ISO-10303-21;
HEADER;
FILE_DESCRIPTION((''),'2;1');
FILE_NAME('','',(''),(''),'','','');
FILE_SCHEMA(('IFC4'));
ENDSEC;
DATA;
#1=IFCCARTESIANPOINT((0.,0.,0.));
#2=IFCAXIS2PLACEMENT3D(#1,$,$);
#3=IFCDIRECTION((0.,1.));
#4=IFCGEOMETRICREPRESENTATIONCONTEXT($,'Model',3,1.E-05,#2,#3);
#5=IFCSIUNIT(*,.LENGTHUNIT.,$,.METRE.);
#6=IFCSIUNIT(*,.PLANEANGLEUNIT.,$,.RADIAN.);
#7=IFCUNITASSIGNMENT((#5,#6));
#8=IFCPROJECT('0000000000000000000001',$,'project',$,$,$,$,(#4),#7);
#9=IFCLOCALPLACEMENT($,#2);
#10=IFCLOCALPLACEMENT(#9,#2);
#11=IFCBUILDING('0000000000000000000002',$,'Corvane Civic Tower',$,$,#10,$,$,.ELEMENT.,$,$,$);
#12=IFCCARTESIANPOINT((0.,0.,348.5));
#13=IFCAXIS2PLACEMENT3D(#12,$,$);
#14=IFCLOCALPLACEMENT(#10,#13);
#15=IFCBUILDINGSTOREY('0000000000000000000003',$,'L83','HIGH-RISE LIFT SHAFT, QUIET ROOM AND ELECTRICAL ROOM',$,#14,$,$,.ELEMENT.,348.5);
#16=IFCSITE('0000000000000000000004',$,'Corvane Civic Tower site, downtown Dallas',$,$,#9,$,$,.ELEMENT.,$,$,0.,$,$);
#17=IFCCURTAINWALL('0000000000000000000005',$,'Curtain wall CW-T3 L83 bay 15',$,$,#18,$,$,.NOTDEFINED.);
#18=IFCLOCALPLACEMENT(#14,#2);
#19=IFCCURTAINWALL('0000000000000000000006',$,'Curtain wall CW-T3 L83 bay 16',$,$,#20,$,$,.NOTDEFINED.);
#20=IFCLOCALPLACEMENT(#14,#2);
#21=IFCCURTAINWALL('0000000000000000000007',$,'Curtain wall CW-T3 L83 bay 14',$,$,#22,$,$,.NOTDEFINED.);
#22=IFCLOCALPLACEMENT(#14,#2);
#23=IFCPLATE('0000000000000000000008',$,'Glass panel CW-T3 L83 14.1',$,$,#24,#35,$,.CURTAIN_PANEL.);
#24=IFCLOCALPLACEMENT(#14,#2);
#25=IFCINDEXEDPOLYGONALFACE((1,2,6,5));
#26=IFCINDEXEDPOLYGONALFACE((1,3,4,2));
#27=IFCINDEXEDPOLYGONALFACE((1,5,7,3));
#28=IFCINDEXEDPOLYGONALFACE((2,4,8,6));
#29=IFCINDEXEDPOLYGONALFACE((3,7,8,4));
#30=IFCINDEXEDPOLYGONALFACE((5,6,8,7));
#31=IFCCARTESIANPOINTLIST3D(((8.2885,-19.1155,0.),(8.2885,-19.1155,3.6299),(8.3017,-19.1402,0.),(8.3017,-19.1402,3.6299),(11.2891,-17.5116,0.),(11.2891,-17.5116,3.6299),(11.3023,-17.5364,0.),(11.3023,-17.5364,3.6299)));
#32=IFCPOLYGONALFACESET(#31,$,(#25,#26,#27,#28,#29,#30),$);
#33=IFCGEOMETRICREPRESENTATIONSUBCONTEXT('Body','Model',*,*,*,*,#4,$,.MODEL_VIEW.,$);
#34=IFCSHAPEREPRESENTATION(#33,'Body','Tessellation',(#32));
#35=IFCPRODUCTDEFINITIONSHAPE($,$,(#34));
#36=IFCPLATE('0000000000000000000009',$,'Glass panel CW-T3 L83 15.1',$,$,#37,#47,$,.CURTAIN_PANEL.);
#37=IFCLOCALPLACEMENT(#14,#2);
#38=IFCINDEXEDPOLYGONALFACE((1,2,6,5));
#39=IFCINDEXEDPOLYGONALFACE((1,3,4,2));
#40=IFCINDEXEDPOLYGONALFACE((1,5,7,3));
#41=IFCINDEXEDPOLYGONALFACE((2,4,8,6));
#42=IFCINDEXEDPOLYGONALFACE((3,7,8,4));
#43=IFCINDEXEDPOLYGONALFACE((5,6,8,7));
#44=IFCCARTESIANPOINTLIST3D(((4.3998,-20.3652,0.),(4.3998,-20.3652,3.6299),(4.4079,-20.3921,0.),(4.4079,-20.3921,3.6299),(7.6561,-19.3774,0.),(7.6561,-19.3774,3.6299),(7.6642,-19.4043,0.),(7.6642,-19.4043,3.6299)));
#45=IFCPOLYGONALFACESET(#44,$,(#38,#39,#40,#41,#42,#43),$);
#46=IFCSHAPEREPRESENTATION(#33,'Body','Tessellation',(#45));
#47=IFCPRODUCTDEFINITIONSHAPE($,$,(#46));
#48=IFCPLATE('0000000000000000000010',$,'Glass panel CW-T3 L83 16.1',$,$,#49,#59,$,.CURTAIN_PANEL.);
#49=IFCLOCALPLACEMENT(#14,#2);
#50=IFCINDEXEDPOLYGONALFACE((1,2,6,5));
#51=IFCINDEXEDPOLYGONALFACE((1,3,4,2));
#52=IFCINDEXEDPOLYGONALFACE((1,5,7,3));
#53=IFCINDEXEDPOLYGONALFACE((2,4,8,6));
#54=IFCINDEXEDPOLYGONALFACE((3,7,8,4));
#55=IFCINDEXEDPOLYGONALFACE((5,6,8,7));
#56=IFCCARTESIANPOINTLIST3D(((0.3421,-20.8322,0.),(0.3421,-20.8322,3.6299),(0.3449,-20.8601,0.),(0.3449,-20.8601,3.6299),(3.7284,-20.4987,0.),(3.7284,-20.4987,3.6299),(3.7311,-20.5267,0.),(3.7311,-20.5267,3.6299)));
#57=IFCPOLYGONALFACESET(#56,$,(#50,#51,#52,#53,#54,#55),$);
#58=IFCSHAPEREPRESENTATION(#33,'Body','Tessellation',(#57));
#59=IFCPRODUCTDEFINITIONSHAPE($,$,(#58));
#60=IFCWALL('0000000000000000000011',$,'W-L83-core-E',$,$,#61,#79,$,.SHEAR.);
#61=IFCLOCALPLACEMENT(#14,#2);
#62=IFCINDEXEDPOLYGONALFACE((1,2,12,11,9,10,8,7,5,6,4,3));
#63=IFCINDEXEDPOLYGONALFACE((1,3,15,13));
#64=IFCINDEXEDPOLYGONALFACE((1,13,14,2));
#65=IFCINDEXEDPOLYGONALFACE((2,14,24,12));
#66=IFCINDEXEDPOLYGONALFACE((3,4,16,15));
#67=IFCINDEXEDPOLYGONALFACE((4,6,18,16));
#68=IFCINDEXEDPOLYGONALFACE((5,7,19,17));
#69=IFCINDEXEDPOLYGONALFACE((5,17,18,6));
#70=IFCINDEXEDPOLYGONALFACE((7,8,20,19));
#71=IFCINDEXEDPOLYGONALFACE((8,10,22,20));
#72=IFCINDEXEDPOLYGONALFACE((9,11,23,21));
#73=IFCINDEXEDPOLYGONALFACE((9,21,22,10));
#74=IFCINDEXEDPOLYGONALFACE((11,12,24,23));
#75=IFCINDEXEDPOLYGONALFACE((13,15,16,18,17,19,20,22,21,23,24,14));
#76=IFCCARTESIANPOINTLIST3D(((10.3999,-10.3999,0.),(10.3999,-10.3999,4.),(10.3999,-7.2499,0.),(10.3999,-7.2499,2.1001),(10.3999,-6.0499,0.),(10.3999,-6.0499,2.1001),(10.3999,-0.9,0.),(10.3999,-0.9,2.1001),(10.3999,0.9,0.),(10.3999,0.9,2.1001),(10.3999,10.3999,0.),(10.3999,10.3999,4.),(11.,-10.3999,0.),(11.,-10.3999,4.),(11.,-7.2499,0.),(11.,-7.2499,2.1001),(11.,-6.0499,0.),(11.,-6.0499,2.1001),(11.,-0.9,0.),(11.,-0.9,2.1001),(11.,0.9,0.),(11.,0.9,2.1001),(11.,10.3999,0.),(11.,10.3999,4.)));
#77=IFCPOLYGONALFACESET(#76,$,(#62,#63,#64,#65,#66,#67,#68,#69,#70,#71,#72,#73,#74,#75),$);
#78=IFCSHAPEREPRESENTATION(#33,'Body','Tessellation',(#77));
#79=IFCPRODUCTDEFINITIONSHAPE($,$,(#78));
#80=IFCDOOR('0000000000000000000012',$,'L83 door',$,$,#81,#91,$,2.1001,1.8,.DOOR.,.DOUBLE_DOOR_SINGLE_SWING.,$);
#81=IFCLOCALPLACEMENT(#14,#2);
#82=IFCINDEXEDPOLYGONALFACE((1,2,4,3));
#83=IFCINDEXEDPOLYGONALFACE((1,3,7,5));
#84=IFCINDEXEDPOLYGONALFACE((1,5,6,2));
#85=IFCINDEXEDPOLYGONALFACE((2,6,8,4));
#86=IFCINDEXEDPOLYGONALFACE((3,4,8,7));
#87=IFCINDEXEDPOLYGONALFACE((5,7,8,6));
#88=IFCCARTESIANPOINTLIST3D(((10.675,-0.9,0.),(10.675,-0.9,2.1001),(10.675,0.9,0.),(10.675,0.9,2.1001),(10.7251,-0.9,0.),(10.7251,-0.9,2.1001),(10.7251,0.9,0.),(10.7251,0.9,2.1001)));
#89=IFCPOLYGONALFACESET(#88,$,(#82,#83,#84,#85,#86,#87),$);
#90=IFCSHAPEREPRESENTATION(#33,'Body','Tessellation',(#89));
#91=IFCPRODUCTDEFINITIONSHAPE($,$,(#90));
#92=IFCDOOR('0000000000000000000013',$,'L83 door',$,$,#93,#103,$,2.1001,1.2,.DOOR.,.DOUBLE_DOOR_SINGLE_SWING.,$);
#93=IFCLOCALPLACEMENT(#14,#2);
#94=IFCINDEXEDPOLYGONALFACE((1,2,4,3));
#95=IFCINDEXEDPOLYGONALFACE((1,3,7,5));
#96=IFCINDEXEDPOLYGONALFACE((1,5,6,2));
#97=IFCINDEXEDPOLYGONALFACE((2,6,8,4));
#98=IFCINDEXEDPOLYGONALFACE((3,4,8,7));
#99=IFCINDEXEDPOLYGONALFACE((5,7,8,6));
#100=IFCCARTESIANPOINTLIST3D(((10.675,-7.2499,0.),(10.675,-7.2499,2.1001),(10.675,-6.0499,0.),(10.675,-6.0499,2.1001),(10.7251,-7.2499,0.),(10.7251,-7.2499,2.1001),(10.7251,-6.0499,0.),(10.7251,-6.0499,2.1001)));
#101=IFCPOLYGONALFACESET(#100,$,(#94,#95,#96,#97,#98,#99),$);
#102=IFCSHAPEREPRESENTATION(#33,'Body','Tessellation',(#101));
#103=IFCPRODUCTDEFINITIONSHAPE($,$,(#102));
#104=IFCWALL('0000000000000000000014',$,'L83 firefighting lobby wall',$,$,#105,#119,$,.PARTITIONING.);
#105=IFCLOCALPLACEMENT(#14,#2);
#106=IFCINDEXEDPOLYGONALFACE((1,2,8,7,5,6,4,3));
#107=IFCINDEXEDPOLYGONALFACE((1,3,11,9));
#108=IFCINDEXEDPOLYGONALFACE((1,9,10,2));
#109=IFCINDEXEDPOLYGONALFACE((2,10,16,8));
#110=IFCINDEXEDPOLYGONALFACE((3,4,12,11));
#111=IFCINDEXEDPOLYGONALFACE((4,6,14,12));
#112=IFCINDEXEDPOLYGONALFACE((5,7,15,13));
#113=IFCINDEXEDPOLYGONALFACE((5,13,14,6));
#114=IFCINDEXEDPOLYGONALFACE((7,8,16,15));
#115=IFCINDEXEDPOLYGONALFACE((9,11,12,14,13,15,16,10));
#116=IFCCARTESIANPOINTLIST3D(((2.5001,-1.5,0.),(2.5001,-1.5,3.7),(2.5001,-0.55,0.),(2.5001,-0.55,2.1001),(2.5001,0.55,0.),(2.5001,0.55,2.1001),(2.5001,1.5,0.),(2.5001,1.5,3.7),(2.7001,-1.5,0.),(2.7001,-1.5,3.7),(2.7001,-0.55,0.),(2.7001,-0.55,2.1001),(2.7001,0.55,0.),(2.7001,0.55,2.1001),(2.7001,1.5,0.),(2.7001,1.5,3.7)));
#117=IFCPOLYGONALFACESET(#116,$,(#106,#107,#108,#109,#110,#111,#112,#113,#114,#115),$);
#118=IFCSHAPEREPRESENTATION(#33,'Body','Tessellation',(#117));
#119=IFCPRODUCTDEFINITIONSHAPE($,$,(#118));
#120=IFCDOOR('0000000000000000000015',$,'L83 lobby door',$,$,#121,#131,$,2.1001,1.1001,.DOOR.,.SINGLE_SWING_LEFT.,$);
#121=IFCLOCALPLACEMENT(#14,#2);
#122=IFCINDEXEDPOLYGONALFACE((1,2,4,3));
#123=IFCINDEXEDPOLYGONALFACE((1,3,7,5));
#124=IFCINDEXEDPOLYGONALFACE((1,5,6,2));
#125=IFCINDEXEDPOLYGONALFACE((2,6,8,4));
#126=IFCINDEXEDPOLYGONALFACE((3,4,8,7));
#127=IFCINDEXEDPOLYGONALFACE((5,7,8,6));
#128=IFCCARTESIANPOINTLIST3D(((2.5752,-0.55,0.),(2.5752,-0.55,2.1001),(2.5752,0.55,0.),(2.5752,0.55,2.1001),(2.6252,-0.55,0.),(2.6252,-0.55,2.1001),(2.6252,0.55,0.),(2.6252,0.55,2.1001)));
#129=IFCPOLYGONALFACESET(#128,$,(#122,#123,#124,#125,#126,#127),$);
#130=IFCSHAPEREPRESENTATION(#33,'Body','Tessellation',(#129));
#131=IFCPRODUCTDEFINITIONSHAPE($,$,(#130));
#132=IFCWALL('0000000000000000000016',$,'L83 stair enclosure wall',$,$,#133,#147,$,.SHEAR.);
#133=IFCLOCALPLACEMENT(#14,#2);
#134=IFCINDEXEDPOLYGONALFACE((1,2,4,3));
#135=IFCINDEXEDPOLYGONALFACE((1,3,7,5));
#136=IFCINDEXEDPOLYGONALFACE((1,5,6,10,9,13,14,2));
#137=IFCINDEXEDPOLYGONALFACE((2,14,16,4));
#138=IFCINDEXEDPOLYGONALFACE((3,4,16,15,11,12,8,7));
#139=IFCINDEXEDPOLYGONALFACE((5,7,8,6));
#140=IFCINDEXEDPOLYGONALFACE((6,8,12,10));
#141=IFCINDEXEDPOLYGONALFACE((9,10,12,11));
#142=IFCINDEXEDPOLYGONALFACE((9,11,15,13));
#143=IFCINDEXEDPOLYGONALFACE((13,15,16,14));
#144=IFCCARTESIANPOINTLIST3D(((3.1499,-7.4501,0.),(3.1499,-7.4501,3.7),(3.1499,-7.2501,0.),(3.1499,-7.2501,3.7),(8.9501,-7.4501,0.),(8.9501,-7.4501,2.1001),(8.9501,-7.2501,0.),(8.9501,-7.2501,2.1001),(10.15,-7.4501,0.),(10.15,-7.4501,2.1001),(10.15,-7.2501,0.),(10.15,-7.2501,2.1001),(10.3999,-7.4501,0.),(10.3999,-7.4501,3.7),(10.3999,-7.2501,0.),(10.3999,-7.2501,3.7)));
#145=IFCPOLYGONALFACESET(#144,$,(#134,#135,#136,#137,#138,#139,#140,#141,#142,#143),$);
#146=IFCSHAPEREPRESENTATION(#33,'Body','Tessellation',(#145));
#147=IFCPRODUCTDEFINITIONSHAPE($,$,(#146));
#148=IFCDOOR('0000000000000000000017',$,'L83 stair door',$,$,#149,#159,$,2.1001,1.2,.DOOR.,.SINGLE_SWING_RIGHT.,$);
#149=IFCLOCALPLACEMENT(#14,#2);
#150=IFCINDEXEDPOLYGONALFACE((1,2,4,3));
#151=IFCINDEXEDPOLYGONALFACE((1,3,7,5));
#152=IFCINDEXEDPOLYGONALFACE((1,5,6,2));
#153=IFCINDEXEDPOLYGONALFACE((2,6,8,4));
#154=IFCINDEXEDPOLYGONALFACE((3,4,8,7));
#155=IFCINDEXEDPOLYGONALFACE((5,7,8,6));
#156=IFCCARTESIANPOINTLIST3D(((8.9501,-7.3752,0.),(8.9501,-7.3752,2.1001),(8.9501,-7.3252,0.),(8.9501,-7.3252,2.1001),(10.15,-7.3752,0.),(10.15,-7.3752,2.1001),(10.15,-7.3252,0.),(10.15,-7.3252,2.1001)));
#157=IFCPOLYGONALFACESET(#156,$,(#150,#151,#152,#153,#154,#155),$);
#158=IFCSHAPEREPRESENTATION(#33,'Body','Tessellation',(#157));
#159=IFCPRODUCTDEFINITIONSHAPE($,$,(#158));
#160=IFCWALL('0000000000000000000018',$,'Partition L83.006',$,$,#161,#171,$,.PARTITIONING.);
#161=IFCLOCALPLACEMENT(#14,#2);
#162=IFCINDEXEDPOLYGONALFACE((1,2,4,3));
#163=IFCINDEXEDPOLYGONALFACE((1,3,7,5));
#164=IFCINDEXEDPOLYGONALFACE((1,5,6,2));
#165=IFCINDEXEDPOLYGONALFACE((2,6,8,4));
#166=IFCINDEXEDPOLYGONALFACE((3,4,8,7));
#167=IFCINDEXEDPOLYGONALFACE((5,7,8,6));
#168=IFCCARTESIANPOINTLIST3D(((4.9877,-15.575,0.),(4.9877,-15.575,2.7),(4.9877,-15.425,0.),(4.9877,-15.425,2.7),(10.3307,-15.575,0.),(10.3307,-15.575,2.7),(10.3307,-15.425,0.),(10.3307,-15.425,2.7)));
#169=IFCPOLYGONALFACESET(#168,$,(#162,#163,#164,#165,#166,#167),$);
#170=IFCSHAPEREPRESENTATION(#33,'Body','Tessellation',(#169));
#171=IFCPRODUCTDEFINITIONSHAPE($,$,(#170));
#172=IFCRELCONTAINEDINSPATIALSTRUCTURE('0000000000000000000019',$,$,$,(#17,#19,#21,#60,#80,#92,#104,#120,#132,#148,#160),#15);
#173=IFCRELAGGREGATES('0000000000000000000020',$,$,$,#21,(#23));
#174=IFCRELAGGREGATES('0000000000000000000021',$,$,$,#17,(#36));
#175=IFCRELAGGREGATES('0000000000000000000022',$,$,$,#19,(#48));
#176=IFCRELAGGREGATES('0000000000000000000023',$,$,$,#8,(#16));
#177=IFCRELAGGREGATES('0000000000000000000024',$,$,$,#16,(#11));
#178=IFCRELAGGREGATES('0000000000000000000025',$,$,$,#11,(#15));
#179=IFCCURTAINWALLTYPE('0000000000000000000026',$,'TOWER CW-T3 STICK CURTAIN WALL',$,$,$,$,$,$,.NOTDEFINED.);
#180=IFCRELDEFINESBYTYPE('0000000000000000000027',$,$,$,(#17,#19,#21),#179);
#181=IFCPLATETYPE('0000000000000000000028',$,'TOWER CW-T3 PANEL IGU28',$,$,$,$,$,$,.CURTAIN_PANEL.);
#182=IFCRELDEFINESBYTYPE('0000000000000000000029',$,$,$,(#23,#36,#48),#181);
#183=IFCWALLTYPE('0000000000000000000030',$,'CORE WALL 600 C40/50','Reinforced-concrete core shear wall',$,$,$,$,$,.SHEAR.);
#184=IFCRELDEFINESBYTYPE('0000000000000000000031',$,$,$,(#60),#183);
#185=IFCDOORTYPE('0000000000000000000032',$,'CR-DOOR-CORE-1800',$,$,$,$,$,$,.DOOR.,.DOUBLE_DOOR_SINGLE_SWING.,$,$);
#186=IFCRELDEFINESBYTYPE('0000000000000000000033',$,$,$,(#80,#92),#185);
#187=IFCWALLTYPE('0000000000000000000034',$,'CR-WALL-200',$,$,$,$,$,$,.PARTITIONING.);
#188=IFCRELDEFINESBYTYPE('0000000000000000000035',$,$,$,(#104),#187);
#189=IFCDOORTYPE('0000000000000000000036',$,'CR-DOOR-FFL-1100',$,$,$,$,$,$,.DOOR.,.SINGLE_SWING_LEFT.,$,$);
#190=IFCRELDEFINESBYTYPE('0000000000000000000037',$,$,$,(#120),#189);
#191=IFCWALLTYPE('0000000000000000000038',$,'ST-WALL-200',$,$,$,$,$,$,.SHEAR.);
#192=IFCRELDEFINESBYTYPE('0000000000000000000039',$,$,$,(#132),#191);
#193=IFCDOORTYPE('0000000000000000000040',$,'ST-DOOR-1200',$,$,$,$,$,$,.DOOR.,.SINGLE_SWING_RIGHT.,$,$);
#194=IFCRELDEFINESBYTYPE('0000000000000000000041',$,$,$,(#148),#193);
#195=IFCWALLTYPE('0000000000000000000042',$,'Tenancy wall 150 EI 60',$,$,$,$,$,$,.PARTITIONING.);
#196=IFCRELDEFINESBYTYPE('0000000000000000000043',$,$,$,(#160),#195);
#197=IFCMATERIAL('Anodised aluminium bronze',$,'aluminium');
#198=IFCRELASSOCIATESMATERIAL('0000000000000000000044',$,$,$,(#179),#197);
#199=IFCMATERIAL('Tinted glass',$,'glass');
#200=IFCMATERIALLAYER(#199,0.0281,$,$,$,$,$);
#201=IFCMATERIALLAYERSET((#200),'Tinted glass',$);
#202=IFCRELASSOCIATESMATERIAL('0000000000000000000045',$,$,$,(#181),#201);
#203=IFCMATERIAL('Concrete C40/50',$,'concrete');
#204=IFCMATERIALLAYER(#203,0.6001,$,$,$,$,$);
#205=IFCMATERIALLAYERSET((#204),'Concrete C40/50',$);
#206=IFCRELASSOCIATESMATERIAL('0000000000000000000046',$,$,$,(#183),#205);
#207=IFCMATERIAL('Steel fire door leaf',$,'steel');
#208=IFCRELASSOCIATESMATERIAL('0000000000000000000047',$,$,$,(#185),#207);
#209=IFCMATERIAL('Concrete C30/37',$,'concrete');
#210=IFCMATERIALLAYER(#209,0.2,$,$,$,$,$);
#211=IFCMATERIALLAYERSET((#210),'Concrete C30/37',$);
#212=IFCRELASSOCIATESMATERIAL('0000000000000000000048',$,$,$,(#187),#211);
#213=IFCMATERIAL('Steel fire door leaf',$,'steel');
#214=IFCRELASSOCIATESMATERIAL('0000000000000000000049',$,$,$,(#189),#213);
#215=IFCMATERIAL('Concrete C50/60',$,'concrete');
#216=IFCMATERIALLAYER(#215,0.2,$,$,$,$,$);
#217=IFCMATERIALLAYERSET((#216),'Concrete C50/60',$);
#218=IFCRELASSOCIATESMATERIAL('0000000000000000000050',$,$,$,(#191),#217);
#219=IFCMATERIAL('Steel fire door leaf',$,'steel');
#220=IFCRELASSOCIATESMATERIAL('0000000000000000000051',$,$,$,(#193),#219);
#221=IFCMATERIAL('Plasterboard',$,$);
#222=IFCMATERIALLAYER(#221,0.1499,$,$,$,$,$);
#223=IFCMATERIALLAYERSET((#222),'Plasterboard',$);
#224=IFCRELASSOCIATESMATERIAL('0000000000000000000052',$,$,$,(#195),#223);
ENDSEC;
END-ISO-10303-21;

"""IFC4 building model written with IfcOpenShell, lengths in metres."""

from ifc_helpers import new_model, si_unit, direction, frame, frame_2d, origin, origin_2d, place, context, subcontext, project, spatial, rectangle, extrude, material, layer, layer_set, type_object, element, fill, aggregate, save


model = new_model("IFC4")

# Units and contexts
model_context = context("Model", 3, precision=1e-05, world=origin(), true_north=direction((0.0, 1.0)))
body_context = subcontext(model_context, "Body", "Model", "MODEL_VIEW")
ifc_project = project(units=[si_unit("LENGTHUNIT", "METRE"), si_unit("PLANEANGLEUNIT", "RADIAN")], contexts=[model_context])

# Site, building, storey
site_placement = place(None, origin())
site = spatial("IfcSite", under=ifc_project, at=site_placement, Name="Corvane Civic Tower site, downtown Dallas", CompositionType="ELEMENT", RefElevation=0.0)
building_placement = place(site_placement, origin())
building = spatial("IfcBuilding", under=site, at=building_placement, Name="Corvane Civic Tower", CompositionType="ELEMENT")
storey_placement = place(building_placement, frame((0.0, 0.0, 348.5)))
storey = spatial("IfcBuildingStorey", under=building, at=storey_placement, Name="L83", Description="HIGH-RISE LIFT SHAFT, QUIET ROOM AND ELECTRICAL ROOM", CompositionType="ELEMENT", Elevation=348.5)

# Curtain walls
ifc_material_1 = material(Name="Anodised aluminium bronze", Category="aluminium")
curtain_wall_type = type_object("IfcCurtainWallType", Name="TOWER CW-T3 STICK CURTAIN WALL", PredefinedType="NOTDEFINED", material=ifc_material_1)
curtain_wall_1_placement = place(storey_placement, origin())
curtain_wall_1 = element("IfcCurtainWall", 1, at=curtain_wall_1_placement, inside=storey, type_object=curtain_wall_type, Name="Curtain wall CW-T3 L83 bay 15", PredefinedType="NOTDEFINED")
curtain_wall_2_placement = place(storey_placement, origin())
curtain_wall_2 = element("IfcCurtainWall", 2, at=curtain_wall_2_placement, inside=storey, type_object=curtain_wall_type, Name="Curtain wall CW-T3 L83 bay 16", PredefinedType="NOTDEFINED")

# Curtain wall, plate
curtain_wall_3_placement = place(storey_placement, origin())
curtain_wall_3 = element("IfcCurtainWall", 3, at=curtain_wall_3_placement, inside=storey, type_object=curtain_wall_type, Name="Curtain wall CW-T3 L83 bay 14", PredefinedType="NOTDEFINED")
ifc_material_2 = material(Name="Tinted glass", Category="glass")
ifc_layer_1 = layer(ifc_material_2, 0.0281)
ifc_layer_set_1 = layer_set([ifc_layer_1], Name="Tinted glass")
plate_type = type_object("IfcPlateType", Name="TOWER CW-T3 PANEL IGU28", PredefinedType="CURTAIN_PANEL", material=ifc_layer_set_1)
plate_1_placement = place(storey_placement, frame((9.7954, -18.3259, 0.0), z_axis=(0.0, 0.0, 1.0), x_axis=(-0.881928, -0.471384, 0.0)))
plate_1 = element("IfcPlate", 4, at=plate_1_placement, type_object=plate_type, Name="Glass panel CW-T3 L83 14.1", PredefinedType="CURTAIN_PANEL", context=body_context, shape_type="SweptSolid", body=[
    extrude(rectangle(XDim=3.4023, YDim=0.0281, at=origin_2d()), origin(), (0.0, 0.0, 1.0), 3.6299),
])
aggregate(curtain_wall_3, [plate_1])

# Plates
plate_2_placement = place(storey_placement, frame((6.032, -19.8848, 0.0), z_axis=(0.0, 0.0, 1.0), x_axis=(-0.956939, -0.29029, 0.0)))
plate_2 = element("IfcPlate", 5, at=plate_2_placement, type_object=plate_type, Name="Glass panel CW-T3 L83 15.1", PredefinedType="CURTAIN_PANEL", context=body_context, shape_type="SweptSolid", body=[
    extrude(rectangle(XDim=3.4028, YDim=0.0281, at=origin_2d()), origin(), (0.0, 0.0, 1.0), 3.6299),
])
aggregate(curtain_wall_1, [plate_2])
plate_3_placement = place(storey_placement, frame((2.0366, -20.6794, 0.0), z_axis=(0.0, 0.0, 1.0), x_axis=(-0.995187, -0.097998, 0.0)))
plate_3 = element("IfcPlate", 6, at=plate_3_placement, type_object=plate_type, Name="Glass panel CW-T3 L83 16.1", PredefinedType="CURTAIN_PANEL", context=body_context, shape_type="SweptSolid", body=[
    extrude(rectangle(XDim=3.4026, YDim=0.0281, at=origin_2d()), origin(), (0.0, 0.0, 1.0), 3.6299),
])
aggregate(curtain_wall_2, [plate_3])

# Wall, openings, doors
ifc_material_3 = material(Name="Concrete C40/50", Category="concrete")
ifc_layer_2 = layer(ifc_material_3, 0.6001)
ifc_layer_set_2 = layer_set([ifc_layer_2], Name="Concrete C40/50")
wall_type_1 = type_object("IfcWallType", Name="CORE WALL 600 C40/50", Description="Reinforced-concrete core shear wall", PredefinedType="SHEAR", material=ifc_layer_set_2)
wall_1_placement = place(storey_placement, frame((10.7, -10.3999, 0.0), z_axis=(0.0, 0.0, 1.0), x_axis=(0.0, 1.0, 0.0)))
wall_1 = element("IfcWall", 7, at=wall_1_placement, inside=storey, type_object=wall_type_1, Name="W-L83-core-E", PredefinedType="SHEAR", context=body_context, shape_type="SweptSolid", body=[
    extrude(rectangle(XDim=20.7998, YDim=0.6001, at=frame_2d((10.3999, 0.0))), origin(), (0.0, 0.0, 1.0), 4.0),
])
opening_1_placement = place(wall_1_placement, frame((9.5, 0.0, 0.0)))
opening_1 = element("IfcOpeningElement", 8, at=opening_1_placement, cuts=wall_1, PredefinedType="OPENING", context=body_context, shape_type="SweptSolid", body=[
    extrude(rectangle(XDim=1.8, YDim=2.1001, at=frame_2d((0.8999, 1.05))), frame((0.0, 0.3101, 0.0), z_axis=(0.0, -1.0, 0.0), x_axis=(1.0, 0.0, 0.0)), (0.0, 0.0, 1.0), 0.6201),
])
opening_2_placement = place(wall_1_placement, frame((3.1499, 0.0, 0.0)))
opening_2 = element("IfcOpeningElement", 9, at=opening_2_placement, cuts=wall_1, PredefinedType="OPENING", context=body_context, shape_type="SweptSolid", body=[
    extrude(rectangle(XDim=1.2, YDim=2.1001, at=frame_2d((0.6001, 1.05))), frame((0.0, 0.3101, 0.0), z_axis=(0.0, -1.0, 0.0), x_axis=(1.0, 0.0, 0.0)), (0.0, 0.0, 1.0), 0.6201),
])
ifc_material_4 = material(Name="Steel fire door leaf", Category="steel")
door_type_1 = type_object("IfcDoorType", Name="CR-DOOR-CORE-1800", OperationType="DOUBLE_DOOR_SINGLE_SWING", PredefinedType="DOOR", material=ifc_material_4)
door_1_placement = place(opening_1_placement, origin())
door_1 = element("IfcDoor", 10, at=door_1_placement, inside=storey, type_object=door_type_1, Name="L83 door", OperationType="DOUBLE_DOOR_SINGLE_SWING", OverallHeight=2.1001, OverallWidth=1.8, PredefinedType="DOOR", context=body_context, shape_type="SweptSolid", body=[
    extrude(rectangle(XDim=1.8, YDim=2.1001, at=frame_2d((0.8999, 1.05))), frame((0.0, 0.0249, 0.0), z_axis=(0.0, -1.0, 0.0), x_axis=(1.0, 0.0, 0.0)), (0.0, 0.0, 1.0), 0.05),
])
fill(opening_1, door_1)
door_2_placement = place(opening_2_placement, origin())
door_2 = element("IfcDoor", 11, at=door_2_placement, inside=storey, type_object=door_type_1, Name="L83 door", OperationType="DOUBLE_DOOR_SINGLE_SWING", OverallHeight=2.1001, OverallWidth=1.2, PredefinedType="DOOR", context=body_context, shape_type="SweptSolid", body=[
    extrude(rectangle(XDim=1.2, YDim=2.1001, at=frame_2d((0.6001, 1.05))), frame((0.0, 0.0249, 0.0), z_axis=(0.0, -1.0, 0.0), x_axis=(1.0, 0.0, 0.0)), (0.0, 0.0, 1.0), 0.05),
])
fill(opening_2, door_2)

# Walls, openings, doors
ifc_material_5 = material(Name="Concrete C30/37", Category="concrete")
ifc_layer_3 = layer(ifc_material_5, 0.2)
ifc_layer_set_3 = layer_set([ifc_layer_3], Name="Concrete C30/37")
wall_type_2 = type_object("IfcWallType", Name="CR-WALL-200", PredefinedType="PARTITIONING", material=ifc_layer_set_3)
wall_2_placement = place(storey_placement, frame((2.6001, -1.5, 0.0), z_axis=(0.0, 0.0, 1.0), x_axis=(0.0, 1.0, 0.0)))
wall_2 = element("IfcWall", 12, at=wall_2_placement, inside=storey, type_object=wall_type_2, Name="L83 firefighting lobby wall", PredefinedType="PARTITIONING", context=body_context, shape_type="SweptSolid", body=[
    extrude(rectangle(XDim=3.0, YDim=0.2, at=frame_2d((1.5, 0.0))), origin(), (0.0, 0.0, 1.0), 3.7),
])
opening_3_placement = place(wall_2_placement, frame((0.95, 0.0, 0.0)))
opening_3 = element("IfcOpeningElement", 13, at=opening_3_placement, cuts=wall_2, PredefinedType="OPENING", context=body_context, shape_type="SweptSolid", body=[
    extrude(rectangle(XDim=1.1001, YDim=2.1001, at=frame_2d((0.55, 1.05))), frame((0.0, 0.1099, 0.0), z_axis=(0.0, -1.0, 0.0), x_axis=(1.0, 0.0, 0.0)), (0.0, 0.0, 1.0), 0.22),
])
ifc_material_6 = material(Name="Steel fire door leaf", Category="steel")
door_type_2 = type_object("IfcDoorType", Name="CR-DOOR-FFL-1100", OperationType="SINGLE_SWING_LEFT", PredefinedType="DOOR", material=ifc_material_6)
door_3_placement = place(opening_3_placement, origin())
door_3 = element("IfcDoor", 14, at=door_3_placement, inside=storey, type_object=door_type_2, Name="L83 lobby door", OperationType="SINGLE_SWING_LEFT", OverallHeight=2.1001, OverallWidth=1.1001, PredefinedType="DOOR", context=body_context, shape_type="SweptSolid", body=[
    extrude(rectangle(XDim=1.1001, YDim=2.1001, at=frame_2d((0.55, 1.05))), frame((0.0, 0.0249, 0.0), z_axis=(0.0, -1.0, 0.0), x_axis=(1.0, 0.0, 0.0)), (0.0, 0.0, 1.0), 0.05),
])
fill(opening_3, door_3)
ifc_material_7 = material(Name="Concrete C50/60", Category="concrete")
ifc_layer_4 = layer(ifc_material_7, 0.2)
ifc_layer_set_4 = layer_set([ifc_layer_4], Name="Concrete C50/60")
wall_type_3 = type_object("IfcWallType", Name="ST-WALL-200", PredefinedType="SHEAR", material=ifc_layer_set_4)
wall_3_placement = place(storey_placement, frame((3.1499, -7.3501, 0.0), z_axis=(0.0, 0.0, 1.0), x_axis=(1.0, 0.0, 0.0)))
wall_3 = element("IfcWall", 15, at=wall_3_placement, inside=storey, type_object=wall_type_3, Name="L83 stair enclosure wall", PredefinedType="SHEAR", context=body_context, shape_type="SweptSolid", body=[
    extrude(rectangle(XDim=7.25, YDim=0.2, at=frame_2d((3.625, 0.0))), origin(), (0.0, 0.0, 1.0), 3.7),
])
opening_4_placement = place(wall_3_placement, frame((5.8, 0.0, 0.0)))
opening_4 = element("IfcOpeningElement", 16, at=opening_4_placement, cuts=wall_3, PredefinedType="OPENING", context=body_context, shape_type="SweptSolid", body=[
    extrude(rectangle(XDim=1.2, YDim=2.1001, at=frame_2d((0.6001, 1.05))), frame((0.0, 0.1099, 0.0), z_axis=(0.0, -1.0, 0.0), x_axis=(1.0, 0.0, 0.0)), (0.0, 0.0, 1.0), 0.22),
])
ifc_material_8 = material(Name="Steel fire door leaf", Category="steel")
door_type_3 = type_object("IfcDoorType", Name="ST-DOOR-1200", OperationType="SINGLE_SWING_RIGHT", PredefinedType="DOOR", material=ifc_material_8)
door_4_placement = place(opening_4_placement, origin())
door_4 = element("IfcDoor", 17, at=door_4_placement, inside=storey, type_object=door_type_3, Name="L83 stair door", OperationType="SINGLE_SWING_RIGHT", OverallHeight=2.1001, OverallWidth=1.2, PredefinedType="DOOR", context=body_context, shape_type="SweptSolid", body=[
    extrude(rectangle(XDim=1.2, YDim=2.1001, at=frame_2d((0.6001, 1.05))), frame((0.0, 0.0249, 0.0), z_axis=(0.0, -1.0, 0.0), x_axis=(1.0, 0.0, 0.0)), (0.0, 0.0, 1.0), 0.05),
])
fill(opening_4, door_4)

# Wall
ifc_material_9 = material(Name="Plasterboard")
ifc_layer_5 = layer(ifc_material_9, 0.1499)
ifc_layer_set_5 = layer_set([ifc_layer_5], Name="Plasterboard")
wall_type_4 = type_object("IfcWallType", Name="Tenancy wall 150 EI 60", PredefinedType="PARTITIONING", material=ifc_layer_set_5)
wall_4_placement = place(storey_placement, frame((4.9878, -15.5, 0.0), z_axis=(0.0, 0.0, 1.0), x_axis=(1.0, 0.0, 0.0)))
element("IfcWall", 18, at=wall_4_placement, inside=storey, type_object=wall_type_4, Name="Partition L83.006", PredefinedType="PARTITIONING", context=body_context, shape_type="SweptSolid", body=[
    extrude(rectangle(XDim=5.343, YDim=0.1499, at=frame_2d((2.6714, 0.0))), origin(), (0.0, 0.0, 1.0), 2.7),
])

save(model, "model.ifc")
